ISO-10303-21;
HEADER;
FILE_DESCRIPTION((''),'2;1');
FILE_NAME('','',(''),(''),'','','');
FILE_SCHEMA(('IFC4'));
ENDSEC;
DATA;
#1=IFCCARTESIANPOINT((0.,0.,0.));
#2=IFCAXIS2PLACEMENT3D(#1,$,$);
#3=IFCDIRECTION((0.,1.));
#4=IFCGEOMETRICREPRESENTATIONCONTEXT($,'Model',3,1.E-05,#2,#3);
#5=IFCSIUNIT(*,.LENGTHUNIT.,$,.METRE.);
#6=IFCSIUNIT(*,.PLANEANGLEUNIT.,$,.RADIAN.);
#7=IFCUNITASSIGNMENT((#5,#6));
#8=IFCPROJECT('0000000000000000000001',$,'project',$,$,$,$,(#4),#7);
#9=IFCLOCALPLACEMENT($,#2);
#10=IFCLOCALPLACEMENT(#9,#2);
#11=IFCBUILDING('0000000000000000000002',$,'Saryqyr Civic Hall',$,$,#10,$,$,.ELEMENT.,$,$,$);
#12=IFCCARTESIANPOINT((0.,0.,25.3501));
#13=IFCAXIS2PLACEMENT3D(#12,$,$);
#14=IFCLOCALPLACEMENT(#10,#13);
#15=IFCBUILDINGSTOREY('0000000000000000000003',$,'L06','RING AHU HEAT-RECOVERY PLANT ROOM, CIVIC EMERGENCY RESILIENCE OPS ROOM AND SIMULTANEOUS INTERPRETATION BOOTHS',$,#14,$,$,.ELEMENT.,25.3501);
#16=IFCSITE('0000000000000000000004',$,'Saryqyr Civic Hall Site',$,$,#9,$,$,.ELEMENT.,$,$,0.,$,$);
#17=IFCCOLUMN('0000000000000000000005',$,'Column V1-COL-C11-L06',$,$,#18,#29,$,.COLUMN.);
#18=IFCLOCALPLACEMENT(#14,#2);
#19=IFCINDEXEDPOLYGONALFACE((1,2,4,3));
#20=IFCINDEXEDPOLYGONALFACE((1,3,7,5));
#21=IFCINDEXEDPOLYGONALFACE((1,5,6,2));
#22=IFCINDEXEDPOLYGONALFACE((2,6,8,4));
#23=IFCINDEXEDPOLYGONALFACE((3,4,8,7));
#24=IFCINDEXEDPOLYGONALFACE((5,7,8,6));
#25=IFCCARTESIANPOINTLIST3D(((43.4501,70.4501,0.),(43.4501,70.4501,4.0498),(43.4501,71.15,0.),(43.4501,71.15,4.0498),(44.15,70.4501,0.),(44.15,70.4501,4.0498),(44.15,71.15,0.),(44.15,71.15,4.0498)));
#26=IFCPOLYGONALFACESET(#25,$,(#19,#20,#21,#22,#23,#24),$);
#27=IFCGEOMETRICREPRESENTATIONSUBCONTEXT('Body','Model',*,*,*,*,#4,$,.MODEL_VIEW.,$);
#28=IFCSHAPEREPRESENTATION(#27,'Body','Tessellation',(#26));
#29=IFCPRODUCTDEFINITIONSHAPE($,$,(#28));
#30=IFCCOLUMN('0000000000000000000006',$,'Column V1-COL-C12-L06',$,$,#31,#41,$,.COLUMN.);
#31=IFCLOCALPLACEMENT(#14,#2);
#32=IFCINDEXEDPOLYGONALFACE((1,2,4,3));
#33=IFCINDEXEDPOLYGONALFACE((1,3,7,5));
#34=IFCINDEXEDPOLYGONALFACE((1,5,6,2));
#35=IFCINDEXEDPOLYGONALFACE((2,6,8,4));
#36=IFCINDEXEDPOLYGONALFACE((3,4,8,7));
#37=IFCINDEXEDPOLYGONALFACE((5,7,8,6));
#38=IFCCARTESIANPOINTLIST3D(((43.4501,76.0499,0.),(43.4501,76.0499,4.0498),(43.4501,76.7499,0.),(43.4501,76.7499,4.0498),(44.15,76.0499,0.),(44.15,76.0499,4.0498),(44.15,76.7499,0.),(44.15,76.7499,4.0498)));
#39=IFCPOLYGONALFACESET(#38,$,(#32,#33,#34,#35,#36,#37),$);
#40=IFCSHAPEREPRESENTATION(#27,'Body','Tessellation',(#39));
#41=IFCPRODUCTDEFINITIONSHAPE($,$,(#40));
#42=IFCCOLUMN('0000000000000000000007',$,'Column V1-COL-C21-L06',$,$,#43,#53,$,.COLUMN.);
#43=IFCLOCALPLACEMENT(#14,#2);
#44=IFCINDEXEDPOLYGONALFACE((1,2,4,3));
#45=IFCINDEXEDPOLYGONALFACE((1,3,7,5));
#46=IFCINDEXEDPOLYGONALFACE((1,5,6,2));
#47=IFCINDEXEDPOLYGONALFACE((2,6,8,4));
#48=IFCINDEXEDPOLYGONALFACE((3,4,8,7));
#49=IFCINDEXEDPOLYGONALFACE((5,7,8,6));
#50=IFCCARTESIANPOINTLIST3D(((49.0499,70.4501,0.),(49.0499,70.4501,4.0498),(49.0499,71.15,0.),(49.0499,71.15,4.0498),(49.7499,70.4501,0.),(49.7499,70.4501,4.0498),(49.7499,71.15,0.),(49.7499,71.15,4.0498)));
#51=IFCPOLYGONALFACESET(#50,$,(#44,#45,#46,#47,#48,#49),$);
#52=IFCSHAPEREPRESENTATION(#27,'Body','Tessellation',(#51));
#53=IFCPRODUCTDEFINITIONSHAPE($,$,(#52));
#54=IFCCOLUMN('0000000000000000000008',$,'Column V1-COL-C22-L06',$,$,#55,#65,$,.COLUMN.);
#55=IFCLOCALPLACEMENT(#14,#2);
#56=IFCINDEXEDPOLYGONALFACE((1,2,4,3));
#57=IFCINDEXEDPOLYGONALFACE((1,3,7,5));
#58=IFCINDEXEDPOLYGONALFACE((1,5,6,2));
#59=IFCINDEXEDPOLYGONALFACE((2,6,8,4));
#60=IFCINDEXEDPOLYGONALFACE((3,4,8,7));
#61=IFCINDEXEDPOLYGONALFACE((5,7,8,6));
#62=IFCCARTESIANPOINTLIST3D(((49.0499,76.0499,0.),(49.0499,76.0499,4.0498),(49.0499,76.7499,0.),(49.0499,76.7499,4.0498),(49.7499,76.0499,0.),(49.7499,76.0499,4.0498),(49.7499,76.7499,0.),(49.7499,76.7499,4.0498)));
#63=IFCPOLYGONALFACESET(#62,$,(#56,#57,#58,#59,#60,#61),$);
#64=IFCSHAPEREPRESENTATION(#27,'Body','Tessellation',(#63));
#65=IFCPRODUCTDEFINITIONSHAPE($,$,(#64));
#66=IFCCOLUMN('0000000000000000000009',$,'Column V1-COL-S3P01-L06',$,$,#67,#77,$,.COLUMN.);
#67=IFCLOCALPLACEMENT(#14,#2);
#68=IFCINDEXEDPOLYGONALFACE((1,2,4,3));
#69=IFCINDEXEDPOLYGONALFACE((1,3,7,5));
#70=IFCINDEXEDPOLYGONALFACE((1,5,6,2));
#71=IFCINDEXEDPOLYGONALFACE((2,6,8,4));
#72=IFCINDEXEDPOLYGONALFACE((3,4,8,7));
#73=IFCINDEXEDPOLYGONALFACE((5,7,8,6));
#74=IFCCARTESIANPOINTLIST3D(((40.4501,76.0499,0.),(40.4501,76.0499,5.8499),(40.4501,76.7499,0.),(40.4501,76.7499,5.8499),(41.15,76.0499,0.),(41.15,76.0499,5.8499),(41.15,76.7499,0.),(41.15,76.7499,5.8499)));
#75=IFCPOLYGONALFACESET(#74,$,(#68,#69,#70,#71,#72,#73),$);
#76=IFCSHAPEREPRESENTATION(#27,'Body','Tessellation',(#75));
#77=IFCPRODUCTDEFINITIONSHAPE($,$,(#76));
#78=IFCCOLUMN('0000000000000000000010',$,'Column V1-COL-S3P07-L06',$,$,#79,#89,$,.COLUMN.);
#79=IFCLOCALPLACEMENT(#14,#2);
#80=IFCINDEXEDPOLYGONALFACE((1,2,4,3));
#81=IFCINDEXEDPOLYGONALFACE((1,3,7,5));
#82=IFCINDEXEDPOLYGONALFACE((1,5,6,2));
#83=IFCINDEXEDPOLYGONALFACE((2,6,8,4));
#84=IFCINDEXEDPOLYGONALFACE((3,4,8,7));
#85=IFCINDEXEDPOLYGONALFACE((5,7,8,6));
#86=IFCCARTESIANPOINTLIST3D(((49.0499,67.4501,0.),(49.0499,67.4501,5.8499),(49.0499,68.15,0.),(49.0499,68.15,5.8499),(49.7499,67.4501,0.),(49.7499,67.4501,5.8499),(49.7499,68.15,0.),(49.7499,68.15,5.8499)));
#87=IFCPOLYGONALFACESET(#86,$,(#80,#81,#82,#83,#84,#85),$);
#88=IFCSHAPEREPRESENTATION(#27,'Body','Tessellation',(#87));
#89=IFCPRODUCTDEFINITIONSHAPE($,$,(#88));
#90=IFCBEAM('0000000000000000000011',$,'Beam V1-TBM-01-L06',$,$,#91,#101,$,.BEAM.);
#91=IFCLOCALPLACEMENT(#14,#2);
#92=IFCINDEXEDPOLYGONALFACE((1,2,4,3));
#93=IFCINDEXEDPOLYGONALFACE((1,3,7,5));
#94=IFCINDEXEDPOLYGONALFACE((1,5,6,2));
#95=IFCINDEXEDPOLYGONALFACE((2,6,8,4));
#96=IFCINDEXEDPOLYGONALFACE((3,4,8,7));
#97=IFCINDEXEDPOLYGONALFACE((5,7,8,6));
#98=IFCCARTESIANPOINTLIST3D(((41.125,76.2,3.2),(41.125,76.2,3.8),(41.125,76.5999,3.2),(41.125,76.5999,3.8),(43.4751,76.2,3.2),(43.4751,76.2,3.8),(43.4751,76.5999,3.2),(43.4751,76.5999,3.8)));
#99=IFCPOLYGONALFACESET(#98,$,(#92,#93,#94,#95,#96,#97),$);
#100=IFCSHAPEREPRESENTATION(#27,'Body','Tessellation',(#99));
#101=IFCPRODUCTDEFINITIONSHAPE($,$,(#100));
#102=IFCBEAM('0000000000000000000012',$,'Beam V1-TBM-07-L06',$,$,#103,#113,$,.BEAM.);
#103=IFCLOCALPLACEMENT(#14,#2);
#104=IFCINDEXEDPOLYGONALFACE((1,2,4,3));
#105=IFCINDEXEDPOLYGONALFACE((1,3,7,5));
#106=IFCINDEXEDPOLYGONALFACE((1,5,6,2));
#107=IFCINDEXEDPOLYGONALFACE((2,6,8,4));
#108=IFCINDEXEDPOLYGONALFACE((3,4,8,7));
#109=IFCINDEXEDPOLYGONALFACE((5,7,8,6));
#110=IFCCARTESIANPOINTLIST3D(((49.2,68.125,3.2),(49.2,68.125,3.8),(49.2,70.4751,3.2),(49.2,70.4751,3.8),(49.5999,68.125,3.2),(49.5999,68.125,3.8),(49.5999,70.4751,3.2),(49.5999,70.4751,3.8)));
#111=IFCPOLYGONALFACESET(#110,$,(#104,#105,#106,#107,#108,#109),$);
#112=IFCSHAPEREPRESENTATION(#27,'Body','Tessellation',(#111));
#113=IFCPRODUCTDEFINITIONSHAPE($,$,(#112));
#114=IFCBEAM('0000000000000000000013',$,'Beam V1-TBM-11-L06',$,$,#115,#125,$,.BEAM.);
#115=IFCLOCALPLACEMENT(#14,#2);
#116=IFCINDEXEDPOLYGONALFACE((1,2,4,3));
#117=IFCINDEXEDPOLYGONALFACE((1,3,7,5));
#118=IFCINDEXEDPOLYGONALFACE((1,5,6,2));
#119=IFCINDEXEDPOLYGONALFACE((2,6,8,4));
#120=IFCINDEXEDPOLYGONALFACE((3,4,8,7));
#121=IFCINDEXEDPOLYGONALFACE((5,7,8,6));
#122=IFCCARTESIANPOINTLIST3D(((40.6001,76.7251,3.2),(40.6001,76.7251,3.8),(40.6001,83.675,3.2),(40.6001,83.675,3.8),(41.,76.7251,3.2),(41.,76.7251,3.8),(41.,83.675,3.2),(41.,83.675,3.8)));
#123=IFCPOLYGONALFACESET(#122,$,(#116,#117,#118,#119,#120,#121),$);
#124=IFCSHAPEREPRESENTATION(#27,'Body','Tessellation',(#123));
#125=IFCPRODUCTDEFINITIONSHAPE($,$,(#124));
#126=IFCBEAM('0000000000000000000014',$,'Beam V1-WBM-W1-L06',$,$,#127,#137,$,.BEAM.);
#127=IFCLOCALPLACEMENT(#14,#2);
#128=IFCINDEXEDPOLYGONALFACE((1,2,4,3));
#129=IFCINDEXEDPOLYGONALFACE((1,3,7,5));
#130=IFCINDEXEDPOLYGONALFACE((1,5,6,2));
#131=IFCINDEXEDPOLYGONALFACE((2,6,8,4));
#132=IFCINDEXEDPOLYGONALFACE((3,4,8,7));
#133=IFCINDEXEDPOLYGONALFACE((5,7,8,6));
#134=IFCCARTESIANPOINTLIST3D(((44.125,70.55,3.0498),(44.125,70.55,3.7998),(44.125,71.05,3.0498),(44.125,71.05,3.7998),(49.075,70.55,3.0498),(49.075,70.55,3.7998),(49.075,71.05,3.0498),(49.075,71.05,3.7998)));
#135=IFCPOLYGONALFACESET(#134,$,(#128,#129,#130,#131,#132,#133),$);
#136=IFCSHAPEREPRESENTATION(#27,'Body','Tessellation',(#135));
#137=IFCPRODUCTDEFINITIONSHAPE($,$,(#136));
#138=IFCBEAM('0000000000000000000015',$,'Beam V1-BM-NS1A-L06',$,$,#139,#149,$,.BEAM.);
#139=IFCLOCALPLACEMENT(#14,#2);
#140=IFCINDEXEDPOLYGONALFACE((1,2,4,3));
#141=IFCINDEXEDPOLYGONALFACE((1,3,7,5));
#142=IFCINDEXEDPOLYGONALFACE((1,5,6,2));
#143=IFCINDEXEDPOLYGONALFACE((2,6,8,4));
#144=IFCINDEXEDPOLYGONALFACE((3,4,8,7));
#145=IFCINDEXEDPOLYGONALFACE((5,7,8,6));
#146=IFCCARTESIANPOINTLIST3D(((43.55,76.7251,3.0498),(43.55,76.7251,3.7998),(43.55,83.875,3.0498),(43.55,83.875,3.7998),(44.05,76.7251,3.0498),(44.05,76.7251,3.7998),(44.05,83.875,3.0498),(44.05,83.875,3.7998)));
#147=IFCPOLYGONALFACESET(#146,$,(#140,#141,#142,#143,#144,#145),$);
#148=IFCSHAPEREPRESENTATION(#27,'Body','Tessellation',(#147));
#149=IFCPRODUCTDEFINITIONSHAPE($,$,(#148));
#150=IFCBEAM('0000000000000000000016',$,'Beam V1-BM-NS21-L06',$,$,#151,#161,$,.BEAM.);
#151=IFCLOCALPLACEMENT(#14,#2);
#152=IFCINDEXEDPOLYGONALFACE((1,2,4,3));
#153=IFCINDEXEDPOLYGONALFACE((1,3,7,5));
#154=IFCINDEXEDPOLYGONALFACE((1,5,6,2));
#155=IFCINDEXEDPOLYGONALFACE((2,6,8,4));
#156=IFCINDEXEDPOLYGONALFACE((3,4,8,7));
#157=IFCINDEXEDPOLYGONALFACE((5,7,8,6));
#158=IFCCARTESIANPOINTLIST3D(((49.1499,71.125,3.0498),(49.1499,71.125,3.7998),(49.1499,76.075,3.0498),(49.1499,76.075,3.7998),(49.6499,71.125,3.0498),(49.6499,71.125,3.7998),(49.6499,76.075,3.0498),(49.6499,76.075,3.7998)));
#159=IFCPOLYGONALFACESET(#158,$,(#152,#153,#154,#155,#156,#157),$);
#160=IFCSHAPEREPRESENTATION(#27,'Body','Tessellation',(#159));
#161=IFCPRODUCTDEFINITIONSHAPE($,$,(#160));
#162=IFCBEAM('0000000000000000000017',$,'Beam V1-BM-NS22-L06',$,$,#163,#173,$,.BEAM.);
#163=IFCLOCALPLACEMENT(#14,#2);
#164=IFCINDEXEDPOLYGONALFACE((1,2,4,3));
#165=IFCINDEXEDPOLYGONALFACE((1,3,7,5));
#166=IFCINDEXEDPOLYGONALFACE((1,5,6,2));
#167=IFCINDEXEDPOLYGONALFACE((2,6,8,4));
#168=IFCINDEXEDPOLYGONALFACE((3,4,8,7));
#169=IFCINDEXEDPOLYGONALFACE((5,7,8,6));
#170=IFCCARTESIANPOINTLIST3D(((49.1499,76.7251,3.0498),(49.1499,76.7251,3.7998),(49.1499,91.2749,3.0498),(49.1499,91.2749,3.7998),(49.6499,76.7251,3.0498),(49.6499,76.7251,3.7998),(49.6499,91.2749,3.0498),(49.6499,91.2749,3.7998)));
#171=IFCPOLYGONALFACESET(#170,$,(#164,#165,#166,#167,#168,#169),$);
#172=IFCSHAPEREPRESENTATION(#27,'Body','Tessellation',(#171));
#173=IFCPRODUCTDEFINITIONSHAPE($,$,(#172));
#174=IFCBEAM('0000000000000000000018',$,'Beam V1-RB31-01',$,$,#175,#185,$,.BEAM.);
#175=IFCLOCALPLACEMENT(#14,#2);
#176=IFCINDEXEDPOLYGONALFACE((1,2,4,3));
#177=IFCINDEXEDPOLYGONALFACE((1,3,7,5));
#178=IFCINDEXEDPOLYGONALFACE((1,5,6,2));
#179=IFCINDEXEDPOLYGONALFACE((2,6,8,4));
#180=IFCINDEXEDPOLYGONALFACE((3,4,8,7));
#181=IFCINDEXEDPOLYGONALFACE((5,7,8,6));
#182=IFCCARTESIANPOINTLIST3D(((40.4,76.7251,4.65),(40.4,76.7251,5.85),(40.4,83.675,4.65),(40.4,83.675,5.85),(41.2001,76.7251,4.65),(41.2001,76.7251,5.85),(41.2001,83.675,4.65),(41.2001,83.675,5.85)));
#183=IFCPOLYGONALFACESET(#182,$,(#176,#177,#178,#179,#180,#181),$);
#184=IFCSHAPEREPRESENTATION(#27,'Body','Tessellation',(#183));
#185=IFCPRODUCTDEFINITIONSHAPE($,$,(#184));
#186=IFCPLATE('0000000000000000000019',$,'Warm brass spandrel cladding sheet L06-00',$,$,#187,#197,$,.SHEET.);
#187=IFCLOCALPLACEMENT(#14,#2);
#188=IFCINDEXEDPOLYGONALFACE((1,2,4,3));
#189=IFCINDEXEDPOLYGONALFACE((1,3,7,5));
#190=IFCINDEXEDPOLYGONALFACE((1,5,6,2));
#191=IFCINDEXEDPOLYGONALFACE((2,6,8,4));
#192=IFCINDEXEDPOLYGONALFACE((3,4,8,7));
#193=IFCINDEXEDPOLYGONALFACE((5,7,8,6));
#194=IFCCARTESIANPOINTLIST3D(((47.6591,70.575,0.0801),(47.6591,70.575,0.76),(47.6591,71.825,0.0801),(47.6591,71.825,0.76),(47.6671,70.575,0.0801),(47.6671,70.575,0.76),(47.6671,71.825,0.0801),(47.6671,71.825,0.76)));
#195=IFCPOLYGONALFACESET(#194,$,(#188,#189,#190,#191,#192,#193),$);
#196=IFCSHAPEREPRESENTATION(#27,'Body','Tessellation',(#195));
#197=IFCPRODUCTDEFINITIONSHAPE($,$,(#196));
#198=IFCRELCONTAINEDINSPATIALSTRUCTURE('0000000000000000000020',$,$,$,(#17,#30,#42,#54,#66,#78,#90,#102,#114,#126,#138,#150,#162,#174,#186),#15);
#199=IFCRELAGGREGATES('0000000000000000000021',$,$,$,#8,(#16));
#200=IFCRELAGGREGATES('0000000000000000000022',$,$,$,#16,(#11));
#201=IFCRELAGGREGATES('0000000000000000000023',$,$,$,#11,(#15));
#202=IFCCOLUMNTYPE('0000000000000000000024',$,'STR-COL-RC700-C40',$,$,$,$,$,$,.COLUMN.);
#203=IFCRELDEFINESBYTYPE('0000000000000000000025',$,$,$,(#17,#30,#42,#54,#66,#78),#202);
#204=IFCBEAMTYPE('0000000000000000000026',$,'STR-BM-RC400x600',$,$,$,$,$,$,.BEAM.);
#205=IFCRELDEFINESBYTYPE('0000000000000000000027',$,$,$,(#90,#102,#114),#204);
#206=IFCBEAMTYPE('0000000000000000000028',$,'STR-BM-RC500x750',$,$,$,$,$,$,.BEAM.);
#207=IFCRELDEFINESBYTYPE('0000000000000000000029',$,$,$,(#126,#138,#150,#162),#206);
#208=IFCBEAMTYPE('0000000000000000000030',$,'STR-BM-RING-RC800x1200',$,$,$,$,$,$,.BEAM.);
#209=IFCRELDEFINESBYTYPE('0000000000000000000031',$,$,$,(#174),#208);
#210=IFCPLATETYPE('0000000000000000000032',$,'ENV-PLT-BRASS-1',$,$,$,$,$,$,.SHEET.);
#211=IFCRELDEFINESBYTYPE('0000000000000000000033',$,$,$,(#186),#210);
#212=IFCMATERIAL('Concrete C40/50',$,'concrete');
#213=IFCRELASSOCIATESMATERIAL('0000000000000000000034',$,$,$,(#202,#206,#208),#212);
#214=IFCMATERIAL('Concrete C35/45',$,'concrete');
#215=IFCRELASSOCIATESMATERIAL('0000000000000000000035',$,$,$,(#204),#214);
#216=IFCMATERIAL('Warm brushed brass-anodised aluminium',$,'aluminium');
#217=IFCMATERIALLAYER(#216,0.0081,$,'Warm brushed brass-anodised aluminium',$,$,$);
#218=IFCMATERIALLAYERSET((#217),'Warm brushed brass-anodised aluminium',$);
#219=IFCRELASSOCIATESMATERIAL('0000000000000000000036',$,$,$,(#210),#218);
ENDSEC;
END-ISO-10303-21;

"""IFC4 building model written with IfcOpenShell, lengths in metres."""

from ifc_helpers import new_model, si_unit, direction, frame, origin, origin_2d, place, context, subcontext, project, spatial, rectangle, extrude, material, layer, layer_set, material_profile, profile_set, type_object, element, save


model = new_model("IFC4")

# Units and contexts
model_context = context("Model", 3, precision=1e-05, world=origin(), true_north=direction((0.0, 1.0)))
body_context = subcontext(model_context, "Body", "Model", "MODEL_VIEW")
ifc_project = project(units=[si_unit("LENGTHUNIT", "METRE"), si_unit("PLANEANGLEUNIT", "RADIAN")], contexts=[model_context])

# Site, building, storey
site_placement = place(None, origin())
site = spatial("IfcSite", under=ifc_project, at=site_placement, Name="Saryqyr Civic Hall Site", CompositionType="ELEMENT", RefElevation=0.0)
building_placement = place(site_placement, origin())
building = spatial("IfcBuilding", under=site, at=building_placement, Name="Saryqyr Civic Hall", CompositionType="ELEMENT")
storey_placement = place(building_placement, frame((0.0, 0.0, 25.3501)))
storey = spatial("IfcBuildingStorey", under=building, at=storey_placement, Name="L06", Description="RING AHU HEAT-RECOVERY PLANT ROOM, CIVIC EMERGENCY RESILIENCE OPS ROOM AND SIMULTANEOUS INTERPRETATION BOOTHS", CompositionType="ELEMENT", Elevation=25.3501)

# Columns
ifc_material_1 = material(Name="Concrete C40/50", Category="concrete")
ifc_material_profile_1 = material_profile(ifc_material_1, rectangle(XDim=0.7, YDim=0.7, at=origin_2d()), Name="RC 700x700")
ifc_profile_set_1 = profile_set([ifc_material_profile_1], Name="Concrete C40/50")
column_type = type_object("IfcColumnType", Name="STR-COL-RC700-C40", PredefinedType="COLUMN", material=ifc_profile_set_1)
for number, where, z_axis, x_axis, name in (
    (1, (43.8, 70.8, 0.0), (0.0, 0.0, 1.0), (1.0, 0.0, 0.0), "Column V1-COL-C11-L06"),
    (2, (43.8, 76.3999, 0.0), (0.0, 0.0, 1.0), (1.0, 0.0, 0.0), "Column V1-COL-C12-L06"),
    (3, (49.3999, 70.8, 0.0), (0.0, 0.0, 1.0), (1.0, 0.0, 0.0), "Column V1-COL-C21-L06"),
    (4, (49.3999, 76.3999, 0.0), (0.0, 0.0, 1.0), (1.0, 0.0, 0.0), "Column V1-COL-C22-L06"),
):
    element("IfcColumn", number, at=place(storey_placement, frame(where, z_axis=z_axis, x_axis=x_axis)), inside=storey, type_object=column_type, Name=name, PredefinedType="COLUMN", context=body_context, shape_type="SweptSolid", body=[
        extrude(rectangle(XDim=0.7, YDim=0.7, at=origin_2d()), origin(), (0.0, 0.0, 1.0), 4.0498),
    ])
for number, where, z_axis, x_axis, name in (
    (5, (40.8, 76.3999, 0.0), (0.0, 0.0, 1.0), (1.0, 0.0, 0.0), "Column V1-COL-S3P01-L06"),
    (6, (49.3999, 67.8, 0.0), (0.0, 0.0, 1.0), (1.0, 0.0, 0.0), "Column V1-COL-S3P07-L06"),
):
    element("IfcColumn", number, at=place(storey_placement, frame(where, z_axis=z_axis, x_axis=x_axis)), inside=storey, type_object=column_type, Name=name, PredefinedType="COLUMN", context=body_context, shape_type="SweptSolid", body=[
        extrude(rectangle(XDim=0.7, YDim=0.7, at=origin_2d()), origin(), (0.0, 0.0, 1.0), 5.8499),
    ])

# Beams
ifc_material_2 = material(Name="Concrete C35/45", Category="concrete")
ifc_material_profile_2 = material_profile(ifc_material_2, rectangle(XDim=0.3999, YDim=0.6001, at=origin_2d()), Name="RC 400x600")
ifc_profile_set_2 = profile_set([ifc_material_profile_2], Name="Concrete C35/45")
beam_type_1 = type_object("IfcBeamType", Name="STR-BM-RC400x600", PredefinedType="BEAM", material=ifc_profile_set_2)
for number, where, z_axis, x_axis, name in (
    (7, (41.125, 76.3999, 3.5), (1.0, 0.0, 0.0), (0.0, 1.0, 0.0), "Beam V1-TBM-01-L06"),
    (8, (49.3999, 68.125, 3.5), (0.0, 1.0, 0.0), (-1.0, 0.0, 0.0), "Beam V1-TBM-07-L06"),
):
    element("IfcBeam", number, at=place(storey_placement, frame(where, z_axis=z_axis, x_axis=x_axis)), inside=storey, type_object=beam_type_1, Name=name, PredefinedType="BEAM", context=body_context, shape_type="SweptSolid", body=[
        extrude(rectangle(XDim=0.3999, YDim=0.6001, at=origin_2d()), origin(), (0.0, 0.0, 1.0), 2.3501),
    ])
beam_1_placement = place(storey_placement, frame((40.8, 76.7251, 3.5), z_axis=(0.0, 1.0, 0.0), x_axis=(-1.0, 0.0, 0.0)))
element("IfcBeam", 9, at=beam_1_placement, inside=storey, type_object=beam_type_1, Name="Beam V1-TBM-11-L06", PredefinedType="BEAM", context=body_context, shape_type="SweptSolid", body=[
    extrude(rectangle(XDim=0.3999, YDim=0.6001, at=origin_2d()), origin(), (0.0, 0.0, 1.0), 6.95),
])
ifc_material_profile_3 = material_profile(ifc_material_1, rectangle(XDim=0.5, YDim=0.75, at=origin_2d()), Name="RC 500x750")
ifc_profile_set_3 = profile_set([ifc_material_profile_3], Name="Concrete C40/50")
beam_type_2 = type_object("IfcBeamType", Name="STR-BM-RC500x750", PredefinedType="BEAM", material=ifc_profile_set_3)
beam_2_placement = place(storey_placement, frame((44.125, 70.8, 3.4248), z_axis=(1.0, 0.0, 0.0), x_axis=(0.0, 1.0, 0.0)))
element("IfcBeam", 10, at=beam_2_placement, inside=storey, type_object=beam_type_2, Name="Beam V1-WBM-W1-L06", PredefinedType="BEAM", context=body_context, shape_type="SweptSolid", body=[
    extrude(rectangle(XDim=0.5, YDim=0.75, at=origin_2d()), origin(), (0.0, 0.0, 1.0), 4.95),
])
beam_3_placement = place(storey_placement, frame((43.8, 76.7251, 3.4248), z_axis=(0.0, 1.0, 0.0), x_axis=(-1.0, 0.0, 0.0)))
element("IfcBeam", 11, at=beam_3_placement, inside=storey, type_object=beam_type_2, Name="Beam V1-BM-NS1A-L06", PredefinedType="BEAM", context=body_context, shape_type="SweptSolid", body=[
    extrude(rectangle(XDim=0.5, YDim=0.75, at=origin_2d()), origin(), (0.0, 0.0, 1.0), 7.1499),
])
beam_4_placement = place(storey_placement, frame((49.3999, 71.125, 3.4248), z_axis=(0.0, 1.0, 0.0), x_axis=(-1.0, 0.0, 0.0)))
element("IfcBeam", 12, at=beam_4_placement, inside=storey, type_object=beam_type_2, Name="Beam V1-BM-NS21-L06", PredefinedType="BEAM", context=body_context, shape_type="SweptSolid", body=[
    extrude(rectangle(XDim=0.5, YDim=0.75, at=origin_2d()), origin(), (0.0, 0.0, 1.0), 4.95),
])
beam_5_placement = place(storey_placement, frame((49.3999, 76.7251, 3.4248), z_axis=(0.0, 1.0, 0.0), x_axis=(-1.0, 0.0, 0.0)))
element("IfcBeam", 13, at=beam_5_placement, inside=storey, type_object=beam_type_2, Name="Beam V1-BM-NS22-L06", PredefinedType="BEAM", context=body_context, shape_type="SweptSolid", body=[
    extrude(rectangle(XDim=0.5, YDim=0.75, at=origin_2d()), origin(), (0.0, 0.0, 1.0), 14.5498),
])
ifc_material_profile_4 = material_profile(ifc_material_1, rectangle(XDim=0.8, YDim=1.2, at=origin_2d()), Name="RC 800x1200")
ifc_profile_set_4 = profile_set([ifc_material_profile_4], Name="Concrete C40/50")
beam_type_3 = type_object("IfcBeamType", Name="STR-BM-RING-RC800x1200", PredefinedType="BEAM", material=ifc_profile_set_4)
beam_6_placement = place(storey_placement, frame((40.8, 76.7251, 5.25), z_axis=(0.0, 1.0, 0.0), x_axis=(-1.0, 0.0, 0.0)))
element("IfcBeam", 14, at=beam_6_placement, inside=storey, type_object=beam_type_3, Name="Beam V1-RB31-01", PredefinedType="BEAM", context=body_context, shape_type="SweptSolid", body=[
    extrude(rectangle(XDim=0.8, YDim=1.2, at=origin_2d()), origin(), (0.0, 0.0, 1.0), 6.95),
])

# Plate
ifc_material_3 = material(Name="Warm brushed brass-anodised aluminium", Category="aluminium")
ifc_layer_1 = layer(ifc_material_3, 0.0081, Name="Warm brushed brass-anodised aluminium")
ifc_layer_set_1 = layer_set([ifc_layer_1], Name="Warm brushed brass-anodised aluminium")
plate_type_1 = type_object("IfcPlateType", Name="ENV-PLT-BRASS-1", PredefinedType="SHEET", material=ifc_layer_set_1)
plate_1_placement = place(storey_placement, frame((47.6631, 71.2, 0.0801), z_axis=(0.0, 0.0, 1.0), x_axis=(0.0, 1.0, 0.0)))
element("IfcPlate", 15, at=plate_1_placement, inside=storey, type_object=plate_type_1, Name="Warm brass spandrel cladding sheet L06-00", PredefinedType="SHEET", context=body_context, shape_type="SweptSolid", body=[
    extrude(rectangle(XDim=1.25, YDim=0.0081, at=origin_2d()), origin(), (0.0, 0.0, 1.0), 0.6799),
])

save(model, "model.ifc")
